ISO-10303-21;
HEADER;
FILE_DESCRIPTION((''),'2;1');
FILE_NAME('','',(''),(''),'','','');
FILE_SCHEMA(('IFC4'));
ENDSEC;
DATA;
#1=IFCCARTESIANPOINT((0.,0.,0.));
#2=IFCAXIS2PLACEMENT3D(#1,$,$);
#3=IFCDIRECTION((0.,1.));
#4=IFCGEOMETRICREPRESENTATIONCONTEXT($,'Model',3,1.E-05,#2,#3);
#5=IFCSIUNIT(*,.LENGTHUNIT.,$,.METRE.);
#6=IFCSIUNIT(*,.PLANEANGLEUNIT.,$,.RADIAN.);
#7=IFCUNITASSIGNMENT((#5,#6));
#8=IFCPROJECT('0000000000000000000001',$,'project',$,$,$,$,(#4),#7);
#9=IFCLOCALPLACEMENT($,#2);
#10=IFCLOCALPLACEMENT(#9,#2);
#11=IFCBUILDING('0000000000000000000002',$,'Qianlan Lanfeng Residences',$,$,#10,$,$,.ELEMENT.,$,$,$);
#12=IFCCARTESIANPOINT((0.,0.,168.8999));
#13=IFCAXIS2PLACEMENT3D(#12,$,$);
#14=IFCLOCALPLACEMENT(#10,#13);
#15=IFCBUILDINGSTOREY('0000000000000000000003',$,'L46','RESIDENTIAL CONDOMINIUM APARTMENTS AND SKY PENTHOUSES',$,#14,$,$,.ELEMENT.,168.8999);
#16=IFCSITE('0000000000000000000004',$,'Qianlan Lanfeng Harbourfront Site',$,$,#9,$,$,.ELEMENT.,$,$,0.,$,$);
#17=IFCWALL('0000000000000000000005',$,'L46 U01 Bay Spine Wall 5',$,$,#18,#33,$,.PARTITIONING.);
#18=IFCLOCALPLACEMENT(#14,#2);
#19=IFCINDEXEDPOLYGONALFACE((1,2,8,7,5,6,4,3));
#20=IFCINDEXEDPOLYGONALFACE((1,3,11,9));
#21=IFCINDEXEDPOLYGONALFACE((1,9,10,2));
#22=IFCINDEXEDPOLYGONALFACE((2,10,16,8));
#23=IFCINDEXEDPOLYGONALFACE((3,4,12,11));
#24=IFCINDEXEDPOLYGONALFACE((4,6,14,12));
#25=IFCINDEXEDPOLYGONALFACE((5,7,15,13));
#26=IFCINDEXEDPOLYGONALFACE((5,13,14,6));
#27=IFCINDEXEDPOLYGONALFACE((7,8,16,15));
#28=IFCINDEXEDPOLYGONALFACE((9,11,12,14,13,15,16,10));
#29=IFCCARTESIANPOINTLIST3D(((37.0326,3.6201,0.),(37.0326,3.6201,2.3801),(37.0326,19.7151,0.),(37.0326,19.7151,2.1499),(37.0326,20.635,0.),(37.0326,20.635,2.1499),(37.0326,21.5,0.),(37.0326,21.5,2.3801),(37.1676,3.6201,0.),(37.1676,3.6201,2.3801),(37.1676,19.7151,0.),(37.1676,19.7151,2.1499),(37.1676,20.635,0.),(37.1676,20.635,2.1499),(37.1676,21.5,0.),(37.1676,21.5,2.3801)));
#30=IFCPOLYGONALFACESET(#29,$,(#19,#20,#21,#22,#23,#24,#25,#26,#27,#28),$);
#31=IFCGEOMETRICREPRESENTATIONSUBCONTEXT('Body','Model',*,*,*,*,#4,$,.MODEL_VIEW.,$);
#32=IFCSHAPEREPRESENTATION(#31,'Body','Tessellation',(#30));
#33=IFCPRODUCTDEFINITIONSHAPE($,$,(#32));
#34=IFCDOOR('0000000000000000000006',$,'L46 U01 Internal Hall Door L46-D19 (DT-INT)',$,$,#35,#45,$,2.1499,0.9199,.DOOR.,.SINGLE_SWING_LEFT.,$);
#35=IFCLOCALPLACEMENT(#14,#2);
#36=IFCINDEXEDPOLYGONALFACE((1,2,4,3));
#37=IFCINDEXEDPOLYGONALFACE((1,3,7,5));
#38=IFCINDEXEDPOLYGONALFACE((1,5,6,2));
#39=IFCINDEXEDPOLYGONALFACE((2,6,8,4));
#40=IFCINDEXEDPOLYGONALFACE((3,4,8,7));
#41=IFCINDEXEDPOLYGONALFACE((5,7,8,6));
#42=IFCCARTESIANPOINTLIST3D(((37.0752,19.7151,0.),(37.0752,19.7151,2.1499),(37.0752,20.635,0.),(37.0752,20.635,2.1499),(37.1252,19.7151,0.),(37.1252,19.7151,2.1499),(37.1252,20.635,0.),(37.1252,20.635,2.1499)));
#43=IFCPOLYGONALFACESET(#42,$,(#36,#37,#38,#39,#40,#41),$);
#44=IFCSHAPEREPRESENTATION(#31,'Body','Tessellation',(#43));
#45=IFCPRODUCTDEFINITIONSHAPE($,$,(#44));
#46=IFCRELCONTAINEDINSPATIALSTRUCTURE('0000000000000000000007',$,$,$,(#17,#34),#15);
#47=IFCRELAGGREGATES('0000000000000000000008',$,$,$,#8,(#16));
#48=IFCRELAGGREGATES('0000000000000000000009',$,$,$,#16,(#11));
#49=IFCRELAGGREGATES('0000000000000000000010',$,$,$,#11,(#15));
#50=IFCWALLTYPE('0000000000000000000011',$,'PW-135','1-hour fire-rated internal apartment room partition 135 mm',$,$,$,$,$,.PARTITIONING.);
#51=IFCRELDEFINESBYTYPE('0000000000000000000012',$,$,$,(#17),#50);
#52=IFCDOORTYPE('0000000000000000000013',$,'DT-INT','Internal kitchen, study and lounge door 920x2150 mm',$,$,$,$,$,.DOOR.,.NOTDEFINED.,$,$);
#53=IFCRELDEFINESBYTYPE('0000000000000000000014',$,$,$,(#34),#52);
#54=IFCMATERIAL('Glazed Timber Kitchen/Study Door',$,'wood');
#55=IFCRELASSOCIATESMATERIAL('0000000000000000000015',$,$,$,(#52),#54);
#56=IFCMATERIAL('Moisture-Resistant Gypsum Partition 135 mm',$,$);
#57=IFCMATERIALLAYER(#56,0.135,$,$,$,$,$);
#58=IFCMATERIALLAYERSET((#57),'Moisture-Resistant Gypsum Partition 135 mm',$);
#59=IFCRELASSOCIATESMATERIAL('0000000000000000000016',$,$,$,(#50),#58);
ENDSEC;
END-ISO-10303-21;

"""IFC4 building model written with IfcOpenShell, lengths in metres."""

from ifc_helpers import new_model, si_unit, direction, frame, frame_2d, origin, place, context, subcontext, project, spatial, rectangle, extrude, material, layer, layer_set, type_object, element, fill, save


model = new_model("IFC4")

# Units and contexts
model_context = context("Model", 3, precision=1e-05, world=origin(), true_north=direction((0.0, 1.0)))
body_context = subcontext(model_context, "Body", "Model", "MODEL_VIEW")
ifc_project = project(units=[si_unit("LENGTHUNIT", "METRE"), si_unit("PLANEANGLEUNIT", "RADIAN")], contexts=[model_context])

# Site, building, storey
site_placement = place(None, origin())
site = spatial("IfcSite", under=ifc_project, at=site_placement, Name="Qianlan Lanfeng Harbourfront Site", CompositionType="ELEMENT", RefElevation=0.0)
building_placement = place(site_placement, origin())
building = spatial("IfcBuilding", under=site, at=building_placement, Name="Qianlan Lanfeng Residences", CompositionType="ELEMENT")
storey_placement = place(building_placement, frame((0.0, 0.0, 168.8999)))
storey = spatial("IfcBuildingStorey", under=building, at=storey_placement, Name="L46", Description="RESIDENTIAL CONDOMINIUM APARTMENTS AND SKY PENTHOUSES", CompositionType="ELEMENT", Elevation=168.8999)

# Shared definitions
ifc_material_1 = material(Name="Glazed Timber Kitchen/Study Door", Category="wood")
door_type_1 = type_object("IfcDoorType", Name="DT-INT", Description="Internal kitchen, study and lounge door 920x2150 mm", OperationType="NOTDEFINED", PredefinedType="DOOR", material=ifc_material_1)

# Wall, opening, door
ifc_material_2 = material(Name="Moisture-Resistant Gypsum Partition 135 mm")
ifc_layer_1 = layer(ifc_material_2, 0.135)
ifc_layer_set_1 = layer_set([ifc_layer_1], Name="Moisture-Resistant Gypsum Partition 135 mm")
wall_type_1 = type_object("IfcWallType", Name="PW-135", Description="1-hour fire-rated internal apartment room partition 135 mm", PredefinedType="PARTITIONING", material=ifc_layer_set_1)
wall_1_placement = place(storey_placement, frame((37.1001, 3.6201, 0.0), z_axis=(0.0, 0.0, 1.0), x_axis=(0.0, 1.0, 0.0)))
wall_1 = element("IfcWall", 1, at=wall_1_placement, inside=storey, type_object=wall_type_1, Name="L46 U01 Bay Spine Wall 5", PredefinedType="PARTITIONING", context=body_context, shape_type="SweptSolid", body=[
    extrude(rectangle(XDim=17.8799, YDim=0.135, at=frame_2d((8.9399, 0.0))), origin(), (0.0, 0.0, 1.0), 2.3801),
])
opening_1_placement = place(wall_1_placement, frame((16.095, 0.0, 0.0)))
opening_1 = element("IfcOpeningElement", 2, at=opening_1_placement, cuts=wall_1, PredefinedType="OPENING", context=body_context, shape_type="SweptSolid", body=[
    extrude(rectangle(XDim=0.9199, YDim=2.1499, at=frame_2d((0.46, 1.075))), frame((0.0, 0.0776, 0.0), z_axis=(0.0, -1.0, 0.0), x_axis=(1.0, 0.0, 0.0)), (0.0, 0.0, 1.0), 0.155),
])
door_1_placement = place(opening_1_placement, origin())
door_1 = element("IfcDoor", 3, at=door_1_placement, inside=storey, type_object=door_type_1, Name="L46 U01 Internal Hall Door L46-D19 (DT-INT)", OperationType="SINGLE_SWING_LEFT", OverallHeight=2.1499, OverallWidth=0.9199, PredefinedType="DOOR", context=body_context, shape_type="SweptSolid", body=[
    extrude(rectangle(XDim=0.9199, YDim=2.1499, at=frame_2d((0.46, 1.075))), frame((0.0, 0.0249, 0.0), z_axis=(0.0, -1.0, 0.0), x_axis=(1.0, 0.0, 0.0)), (0.0, 0.0, 1.0), 0.05),
])
fill(opening_1, door_1)

save(model, "model.ifc")
